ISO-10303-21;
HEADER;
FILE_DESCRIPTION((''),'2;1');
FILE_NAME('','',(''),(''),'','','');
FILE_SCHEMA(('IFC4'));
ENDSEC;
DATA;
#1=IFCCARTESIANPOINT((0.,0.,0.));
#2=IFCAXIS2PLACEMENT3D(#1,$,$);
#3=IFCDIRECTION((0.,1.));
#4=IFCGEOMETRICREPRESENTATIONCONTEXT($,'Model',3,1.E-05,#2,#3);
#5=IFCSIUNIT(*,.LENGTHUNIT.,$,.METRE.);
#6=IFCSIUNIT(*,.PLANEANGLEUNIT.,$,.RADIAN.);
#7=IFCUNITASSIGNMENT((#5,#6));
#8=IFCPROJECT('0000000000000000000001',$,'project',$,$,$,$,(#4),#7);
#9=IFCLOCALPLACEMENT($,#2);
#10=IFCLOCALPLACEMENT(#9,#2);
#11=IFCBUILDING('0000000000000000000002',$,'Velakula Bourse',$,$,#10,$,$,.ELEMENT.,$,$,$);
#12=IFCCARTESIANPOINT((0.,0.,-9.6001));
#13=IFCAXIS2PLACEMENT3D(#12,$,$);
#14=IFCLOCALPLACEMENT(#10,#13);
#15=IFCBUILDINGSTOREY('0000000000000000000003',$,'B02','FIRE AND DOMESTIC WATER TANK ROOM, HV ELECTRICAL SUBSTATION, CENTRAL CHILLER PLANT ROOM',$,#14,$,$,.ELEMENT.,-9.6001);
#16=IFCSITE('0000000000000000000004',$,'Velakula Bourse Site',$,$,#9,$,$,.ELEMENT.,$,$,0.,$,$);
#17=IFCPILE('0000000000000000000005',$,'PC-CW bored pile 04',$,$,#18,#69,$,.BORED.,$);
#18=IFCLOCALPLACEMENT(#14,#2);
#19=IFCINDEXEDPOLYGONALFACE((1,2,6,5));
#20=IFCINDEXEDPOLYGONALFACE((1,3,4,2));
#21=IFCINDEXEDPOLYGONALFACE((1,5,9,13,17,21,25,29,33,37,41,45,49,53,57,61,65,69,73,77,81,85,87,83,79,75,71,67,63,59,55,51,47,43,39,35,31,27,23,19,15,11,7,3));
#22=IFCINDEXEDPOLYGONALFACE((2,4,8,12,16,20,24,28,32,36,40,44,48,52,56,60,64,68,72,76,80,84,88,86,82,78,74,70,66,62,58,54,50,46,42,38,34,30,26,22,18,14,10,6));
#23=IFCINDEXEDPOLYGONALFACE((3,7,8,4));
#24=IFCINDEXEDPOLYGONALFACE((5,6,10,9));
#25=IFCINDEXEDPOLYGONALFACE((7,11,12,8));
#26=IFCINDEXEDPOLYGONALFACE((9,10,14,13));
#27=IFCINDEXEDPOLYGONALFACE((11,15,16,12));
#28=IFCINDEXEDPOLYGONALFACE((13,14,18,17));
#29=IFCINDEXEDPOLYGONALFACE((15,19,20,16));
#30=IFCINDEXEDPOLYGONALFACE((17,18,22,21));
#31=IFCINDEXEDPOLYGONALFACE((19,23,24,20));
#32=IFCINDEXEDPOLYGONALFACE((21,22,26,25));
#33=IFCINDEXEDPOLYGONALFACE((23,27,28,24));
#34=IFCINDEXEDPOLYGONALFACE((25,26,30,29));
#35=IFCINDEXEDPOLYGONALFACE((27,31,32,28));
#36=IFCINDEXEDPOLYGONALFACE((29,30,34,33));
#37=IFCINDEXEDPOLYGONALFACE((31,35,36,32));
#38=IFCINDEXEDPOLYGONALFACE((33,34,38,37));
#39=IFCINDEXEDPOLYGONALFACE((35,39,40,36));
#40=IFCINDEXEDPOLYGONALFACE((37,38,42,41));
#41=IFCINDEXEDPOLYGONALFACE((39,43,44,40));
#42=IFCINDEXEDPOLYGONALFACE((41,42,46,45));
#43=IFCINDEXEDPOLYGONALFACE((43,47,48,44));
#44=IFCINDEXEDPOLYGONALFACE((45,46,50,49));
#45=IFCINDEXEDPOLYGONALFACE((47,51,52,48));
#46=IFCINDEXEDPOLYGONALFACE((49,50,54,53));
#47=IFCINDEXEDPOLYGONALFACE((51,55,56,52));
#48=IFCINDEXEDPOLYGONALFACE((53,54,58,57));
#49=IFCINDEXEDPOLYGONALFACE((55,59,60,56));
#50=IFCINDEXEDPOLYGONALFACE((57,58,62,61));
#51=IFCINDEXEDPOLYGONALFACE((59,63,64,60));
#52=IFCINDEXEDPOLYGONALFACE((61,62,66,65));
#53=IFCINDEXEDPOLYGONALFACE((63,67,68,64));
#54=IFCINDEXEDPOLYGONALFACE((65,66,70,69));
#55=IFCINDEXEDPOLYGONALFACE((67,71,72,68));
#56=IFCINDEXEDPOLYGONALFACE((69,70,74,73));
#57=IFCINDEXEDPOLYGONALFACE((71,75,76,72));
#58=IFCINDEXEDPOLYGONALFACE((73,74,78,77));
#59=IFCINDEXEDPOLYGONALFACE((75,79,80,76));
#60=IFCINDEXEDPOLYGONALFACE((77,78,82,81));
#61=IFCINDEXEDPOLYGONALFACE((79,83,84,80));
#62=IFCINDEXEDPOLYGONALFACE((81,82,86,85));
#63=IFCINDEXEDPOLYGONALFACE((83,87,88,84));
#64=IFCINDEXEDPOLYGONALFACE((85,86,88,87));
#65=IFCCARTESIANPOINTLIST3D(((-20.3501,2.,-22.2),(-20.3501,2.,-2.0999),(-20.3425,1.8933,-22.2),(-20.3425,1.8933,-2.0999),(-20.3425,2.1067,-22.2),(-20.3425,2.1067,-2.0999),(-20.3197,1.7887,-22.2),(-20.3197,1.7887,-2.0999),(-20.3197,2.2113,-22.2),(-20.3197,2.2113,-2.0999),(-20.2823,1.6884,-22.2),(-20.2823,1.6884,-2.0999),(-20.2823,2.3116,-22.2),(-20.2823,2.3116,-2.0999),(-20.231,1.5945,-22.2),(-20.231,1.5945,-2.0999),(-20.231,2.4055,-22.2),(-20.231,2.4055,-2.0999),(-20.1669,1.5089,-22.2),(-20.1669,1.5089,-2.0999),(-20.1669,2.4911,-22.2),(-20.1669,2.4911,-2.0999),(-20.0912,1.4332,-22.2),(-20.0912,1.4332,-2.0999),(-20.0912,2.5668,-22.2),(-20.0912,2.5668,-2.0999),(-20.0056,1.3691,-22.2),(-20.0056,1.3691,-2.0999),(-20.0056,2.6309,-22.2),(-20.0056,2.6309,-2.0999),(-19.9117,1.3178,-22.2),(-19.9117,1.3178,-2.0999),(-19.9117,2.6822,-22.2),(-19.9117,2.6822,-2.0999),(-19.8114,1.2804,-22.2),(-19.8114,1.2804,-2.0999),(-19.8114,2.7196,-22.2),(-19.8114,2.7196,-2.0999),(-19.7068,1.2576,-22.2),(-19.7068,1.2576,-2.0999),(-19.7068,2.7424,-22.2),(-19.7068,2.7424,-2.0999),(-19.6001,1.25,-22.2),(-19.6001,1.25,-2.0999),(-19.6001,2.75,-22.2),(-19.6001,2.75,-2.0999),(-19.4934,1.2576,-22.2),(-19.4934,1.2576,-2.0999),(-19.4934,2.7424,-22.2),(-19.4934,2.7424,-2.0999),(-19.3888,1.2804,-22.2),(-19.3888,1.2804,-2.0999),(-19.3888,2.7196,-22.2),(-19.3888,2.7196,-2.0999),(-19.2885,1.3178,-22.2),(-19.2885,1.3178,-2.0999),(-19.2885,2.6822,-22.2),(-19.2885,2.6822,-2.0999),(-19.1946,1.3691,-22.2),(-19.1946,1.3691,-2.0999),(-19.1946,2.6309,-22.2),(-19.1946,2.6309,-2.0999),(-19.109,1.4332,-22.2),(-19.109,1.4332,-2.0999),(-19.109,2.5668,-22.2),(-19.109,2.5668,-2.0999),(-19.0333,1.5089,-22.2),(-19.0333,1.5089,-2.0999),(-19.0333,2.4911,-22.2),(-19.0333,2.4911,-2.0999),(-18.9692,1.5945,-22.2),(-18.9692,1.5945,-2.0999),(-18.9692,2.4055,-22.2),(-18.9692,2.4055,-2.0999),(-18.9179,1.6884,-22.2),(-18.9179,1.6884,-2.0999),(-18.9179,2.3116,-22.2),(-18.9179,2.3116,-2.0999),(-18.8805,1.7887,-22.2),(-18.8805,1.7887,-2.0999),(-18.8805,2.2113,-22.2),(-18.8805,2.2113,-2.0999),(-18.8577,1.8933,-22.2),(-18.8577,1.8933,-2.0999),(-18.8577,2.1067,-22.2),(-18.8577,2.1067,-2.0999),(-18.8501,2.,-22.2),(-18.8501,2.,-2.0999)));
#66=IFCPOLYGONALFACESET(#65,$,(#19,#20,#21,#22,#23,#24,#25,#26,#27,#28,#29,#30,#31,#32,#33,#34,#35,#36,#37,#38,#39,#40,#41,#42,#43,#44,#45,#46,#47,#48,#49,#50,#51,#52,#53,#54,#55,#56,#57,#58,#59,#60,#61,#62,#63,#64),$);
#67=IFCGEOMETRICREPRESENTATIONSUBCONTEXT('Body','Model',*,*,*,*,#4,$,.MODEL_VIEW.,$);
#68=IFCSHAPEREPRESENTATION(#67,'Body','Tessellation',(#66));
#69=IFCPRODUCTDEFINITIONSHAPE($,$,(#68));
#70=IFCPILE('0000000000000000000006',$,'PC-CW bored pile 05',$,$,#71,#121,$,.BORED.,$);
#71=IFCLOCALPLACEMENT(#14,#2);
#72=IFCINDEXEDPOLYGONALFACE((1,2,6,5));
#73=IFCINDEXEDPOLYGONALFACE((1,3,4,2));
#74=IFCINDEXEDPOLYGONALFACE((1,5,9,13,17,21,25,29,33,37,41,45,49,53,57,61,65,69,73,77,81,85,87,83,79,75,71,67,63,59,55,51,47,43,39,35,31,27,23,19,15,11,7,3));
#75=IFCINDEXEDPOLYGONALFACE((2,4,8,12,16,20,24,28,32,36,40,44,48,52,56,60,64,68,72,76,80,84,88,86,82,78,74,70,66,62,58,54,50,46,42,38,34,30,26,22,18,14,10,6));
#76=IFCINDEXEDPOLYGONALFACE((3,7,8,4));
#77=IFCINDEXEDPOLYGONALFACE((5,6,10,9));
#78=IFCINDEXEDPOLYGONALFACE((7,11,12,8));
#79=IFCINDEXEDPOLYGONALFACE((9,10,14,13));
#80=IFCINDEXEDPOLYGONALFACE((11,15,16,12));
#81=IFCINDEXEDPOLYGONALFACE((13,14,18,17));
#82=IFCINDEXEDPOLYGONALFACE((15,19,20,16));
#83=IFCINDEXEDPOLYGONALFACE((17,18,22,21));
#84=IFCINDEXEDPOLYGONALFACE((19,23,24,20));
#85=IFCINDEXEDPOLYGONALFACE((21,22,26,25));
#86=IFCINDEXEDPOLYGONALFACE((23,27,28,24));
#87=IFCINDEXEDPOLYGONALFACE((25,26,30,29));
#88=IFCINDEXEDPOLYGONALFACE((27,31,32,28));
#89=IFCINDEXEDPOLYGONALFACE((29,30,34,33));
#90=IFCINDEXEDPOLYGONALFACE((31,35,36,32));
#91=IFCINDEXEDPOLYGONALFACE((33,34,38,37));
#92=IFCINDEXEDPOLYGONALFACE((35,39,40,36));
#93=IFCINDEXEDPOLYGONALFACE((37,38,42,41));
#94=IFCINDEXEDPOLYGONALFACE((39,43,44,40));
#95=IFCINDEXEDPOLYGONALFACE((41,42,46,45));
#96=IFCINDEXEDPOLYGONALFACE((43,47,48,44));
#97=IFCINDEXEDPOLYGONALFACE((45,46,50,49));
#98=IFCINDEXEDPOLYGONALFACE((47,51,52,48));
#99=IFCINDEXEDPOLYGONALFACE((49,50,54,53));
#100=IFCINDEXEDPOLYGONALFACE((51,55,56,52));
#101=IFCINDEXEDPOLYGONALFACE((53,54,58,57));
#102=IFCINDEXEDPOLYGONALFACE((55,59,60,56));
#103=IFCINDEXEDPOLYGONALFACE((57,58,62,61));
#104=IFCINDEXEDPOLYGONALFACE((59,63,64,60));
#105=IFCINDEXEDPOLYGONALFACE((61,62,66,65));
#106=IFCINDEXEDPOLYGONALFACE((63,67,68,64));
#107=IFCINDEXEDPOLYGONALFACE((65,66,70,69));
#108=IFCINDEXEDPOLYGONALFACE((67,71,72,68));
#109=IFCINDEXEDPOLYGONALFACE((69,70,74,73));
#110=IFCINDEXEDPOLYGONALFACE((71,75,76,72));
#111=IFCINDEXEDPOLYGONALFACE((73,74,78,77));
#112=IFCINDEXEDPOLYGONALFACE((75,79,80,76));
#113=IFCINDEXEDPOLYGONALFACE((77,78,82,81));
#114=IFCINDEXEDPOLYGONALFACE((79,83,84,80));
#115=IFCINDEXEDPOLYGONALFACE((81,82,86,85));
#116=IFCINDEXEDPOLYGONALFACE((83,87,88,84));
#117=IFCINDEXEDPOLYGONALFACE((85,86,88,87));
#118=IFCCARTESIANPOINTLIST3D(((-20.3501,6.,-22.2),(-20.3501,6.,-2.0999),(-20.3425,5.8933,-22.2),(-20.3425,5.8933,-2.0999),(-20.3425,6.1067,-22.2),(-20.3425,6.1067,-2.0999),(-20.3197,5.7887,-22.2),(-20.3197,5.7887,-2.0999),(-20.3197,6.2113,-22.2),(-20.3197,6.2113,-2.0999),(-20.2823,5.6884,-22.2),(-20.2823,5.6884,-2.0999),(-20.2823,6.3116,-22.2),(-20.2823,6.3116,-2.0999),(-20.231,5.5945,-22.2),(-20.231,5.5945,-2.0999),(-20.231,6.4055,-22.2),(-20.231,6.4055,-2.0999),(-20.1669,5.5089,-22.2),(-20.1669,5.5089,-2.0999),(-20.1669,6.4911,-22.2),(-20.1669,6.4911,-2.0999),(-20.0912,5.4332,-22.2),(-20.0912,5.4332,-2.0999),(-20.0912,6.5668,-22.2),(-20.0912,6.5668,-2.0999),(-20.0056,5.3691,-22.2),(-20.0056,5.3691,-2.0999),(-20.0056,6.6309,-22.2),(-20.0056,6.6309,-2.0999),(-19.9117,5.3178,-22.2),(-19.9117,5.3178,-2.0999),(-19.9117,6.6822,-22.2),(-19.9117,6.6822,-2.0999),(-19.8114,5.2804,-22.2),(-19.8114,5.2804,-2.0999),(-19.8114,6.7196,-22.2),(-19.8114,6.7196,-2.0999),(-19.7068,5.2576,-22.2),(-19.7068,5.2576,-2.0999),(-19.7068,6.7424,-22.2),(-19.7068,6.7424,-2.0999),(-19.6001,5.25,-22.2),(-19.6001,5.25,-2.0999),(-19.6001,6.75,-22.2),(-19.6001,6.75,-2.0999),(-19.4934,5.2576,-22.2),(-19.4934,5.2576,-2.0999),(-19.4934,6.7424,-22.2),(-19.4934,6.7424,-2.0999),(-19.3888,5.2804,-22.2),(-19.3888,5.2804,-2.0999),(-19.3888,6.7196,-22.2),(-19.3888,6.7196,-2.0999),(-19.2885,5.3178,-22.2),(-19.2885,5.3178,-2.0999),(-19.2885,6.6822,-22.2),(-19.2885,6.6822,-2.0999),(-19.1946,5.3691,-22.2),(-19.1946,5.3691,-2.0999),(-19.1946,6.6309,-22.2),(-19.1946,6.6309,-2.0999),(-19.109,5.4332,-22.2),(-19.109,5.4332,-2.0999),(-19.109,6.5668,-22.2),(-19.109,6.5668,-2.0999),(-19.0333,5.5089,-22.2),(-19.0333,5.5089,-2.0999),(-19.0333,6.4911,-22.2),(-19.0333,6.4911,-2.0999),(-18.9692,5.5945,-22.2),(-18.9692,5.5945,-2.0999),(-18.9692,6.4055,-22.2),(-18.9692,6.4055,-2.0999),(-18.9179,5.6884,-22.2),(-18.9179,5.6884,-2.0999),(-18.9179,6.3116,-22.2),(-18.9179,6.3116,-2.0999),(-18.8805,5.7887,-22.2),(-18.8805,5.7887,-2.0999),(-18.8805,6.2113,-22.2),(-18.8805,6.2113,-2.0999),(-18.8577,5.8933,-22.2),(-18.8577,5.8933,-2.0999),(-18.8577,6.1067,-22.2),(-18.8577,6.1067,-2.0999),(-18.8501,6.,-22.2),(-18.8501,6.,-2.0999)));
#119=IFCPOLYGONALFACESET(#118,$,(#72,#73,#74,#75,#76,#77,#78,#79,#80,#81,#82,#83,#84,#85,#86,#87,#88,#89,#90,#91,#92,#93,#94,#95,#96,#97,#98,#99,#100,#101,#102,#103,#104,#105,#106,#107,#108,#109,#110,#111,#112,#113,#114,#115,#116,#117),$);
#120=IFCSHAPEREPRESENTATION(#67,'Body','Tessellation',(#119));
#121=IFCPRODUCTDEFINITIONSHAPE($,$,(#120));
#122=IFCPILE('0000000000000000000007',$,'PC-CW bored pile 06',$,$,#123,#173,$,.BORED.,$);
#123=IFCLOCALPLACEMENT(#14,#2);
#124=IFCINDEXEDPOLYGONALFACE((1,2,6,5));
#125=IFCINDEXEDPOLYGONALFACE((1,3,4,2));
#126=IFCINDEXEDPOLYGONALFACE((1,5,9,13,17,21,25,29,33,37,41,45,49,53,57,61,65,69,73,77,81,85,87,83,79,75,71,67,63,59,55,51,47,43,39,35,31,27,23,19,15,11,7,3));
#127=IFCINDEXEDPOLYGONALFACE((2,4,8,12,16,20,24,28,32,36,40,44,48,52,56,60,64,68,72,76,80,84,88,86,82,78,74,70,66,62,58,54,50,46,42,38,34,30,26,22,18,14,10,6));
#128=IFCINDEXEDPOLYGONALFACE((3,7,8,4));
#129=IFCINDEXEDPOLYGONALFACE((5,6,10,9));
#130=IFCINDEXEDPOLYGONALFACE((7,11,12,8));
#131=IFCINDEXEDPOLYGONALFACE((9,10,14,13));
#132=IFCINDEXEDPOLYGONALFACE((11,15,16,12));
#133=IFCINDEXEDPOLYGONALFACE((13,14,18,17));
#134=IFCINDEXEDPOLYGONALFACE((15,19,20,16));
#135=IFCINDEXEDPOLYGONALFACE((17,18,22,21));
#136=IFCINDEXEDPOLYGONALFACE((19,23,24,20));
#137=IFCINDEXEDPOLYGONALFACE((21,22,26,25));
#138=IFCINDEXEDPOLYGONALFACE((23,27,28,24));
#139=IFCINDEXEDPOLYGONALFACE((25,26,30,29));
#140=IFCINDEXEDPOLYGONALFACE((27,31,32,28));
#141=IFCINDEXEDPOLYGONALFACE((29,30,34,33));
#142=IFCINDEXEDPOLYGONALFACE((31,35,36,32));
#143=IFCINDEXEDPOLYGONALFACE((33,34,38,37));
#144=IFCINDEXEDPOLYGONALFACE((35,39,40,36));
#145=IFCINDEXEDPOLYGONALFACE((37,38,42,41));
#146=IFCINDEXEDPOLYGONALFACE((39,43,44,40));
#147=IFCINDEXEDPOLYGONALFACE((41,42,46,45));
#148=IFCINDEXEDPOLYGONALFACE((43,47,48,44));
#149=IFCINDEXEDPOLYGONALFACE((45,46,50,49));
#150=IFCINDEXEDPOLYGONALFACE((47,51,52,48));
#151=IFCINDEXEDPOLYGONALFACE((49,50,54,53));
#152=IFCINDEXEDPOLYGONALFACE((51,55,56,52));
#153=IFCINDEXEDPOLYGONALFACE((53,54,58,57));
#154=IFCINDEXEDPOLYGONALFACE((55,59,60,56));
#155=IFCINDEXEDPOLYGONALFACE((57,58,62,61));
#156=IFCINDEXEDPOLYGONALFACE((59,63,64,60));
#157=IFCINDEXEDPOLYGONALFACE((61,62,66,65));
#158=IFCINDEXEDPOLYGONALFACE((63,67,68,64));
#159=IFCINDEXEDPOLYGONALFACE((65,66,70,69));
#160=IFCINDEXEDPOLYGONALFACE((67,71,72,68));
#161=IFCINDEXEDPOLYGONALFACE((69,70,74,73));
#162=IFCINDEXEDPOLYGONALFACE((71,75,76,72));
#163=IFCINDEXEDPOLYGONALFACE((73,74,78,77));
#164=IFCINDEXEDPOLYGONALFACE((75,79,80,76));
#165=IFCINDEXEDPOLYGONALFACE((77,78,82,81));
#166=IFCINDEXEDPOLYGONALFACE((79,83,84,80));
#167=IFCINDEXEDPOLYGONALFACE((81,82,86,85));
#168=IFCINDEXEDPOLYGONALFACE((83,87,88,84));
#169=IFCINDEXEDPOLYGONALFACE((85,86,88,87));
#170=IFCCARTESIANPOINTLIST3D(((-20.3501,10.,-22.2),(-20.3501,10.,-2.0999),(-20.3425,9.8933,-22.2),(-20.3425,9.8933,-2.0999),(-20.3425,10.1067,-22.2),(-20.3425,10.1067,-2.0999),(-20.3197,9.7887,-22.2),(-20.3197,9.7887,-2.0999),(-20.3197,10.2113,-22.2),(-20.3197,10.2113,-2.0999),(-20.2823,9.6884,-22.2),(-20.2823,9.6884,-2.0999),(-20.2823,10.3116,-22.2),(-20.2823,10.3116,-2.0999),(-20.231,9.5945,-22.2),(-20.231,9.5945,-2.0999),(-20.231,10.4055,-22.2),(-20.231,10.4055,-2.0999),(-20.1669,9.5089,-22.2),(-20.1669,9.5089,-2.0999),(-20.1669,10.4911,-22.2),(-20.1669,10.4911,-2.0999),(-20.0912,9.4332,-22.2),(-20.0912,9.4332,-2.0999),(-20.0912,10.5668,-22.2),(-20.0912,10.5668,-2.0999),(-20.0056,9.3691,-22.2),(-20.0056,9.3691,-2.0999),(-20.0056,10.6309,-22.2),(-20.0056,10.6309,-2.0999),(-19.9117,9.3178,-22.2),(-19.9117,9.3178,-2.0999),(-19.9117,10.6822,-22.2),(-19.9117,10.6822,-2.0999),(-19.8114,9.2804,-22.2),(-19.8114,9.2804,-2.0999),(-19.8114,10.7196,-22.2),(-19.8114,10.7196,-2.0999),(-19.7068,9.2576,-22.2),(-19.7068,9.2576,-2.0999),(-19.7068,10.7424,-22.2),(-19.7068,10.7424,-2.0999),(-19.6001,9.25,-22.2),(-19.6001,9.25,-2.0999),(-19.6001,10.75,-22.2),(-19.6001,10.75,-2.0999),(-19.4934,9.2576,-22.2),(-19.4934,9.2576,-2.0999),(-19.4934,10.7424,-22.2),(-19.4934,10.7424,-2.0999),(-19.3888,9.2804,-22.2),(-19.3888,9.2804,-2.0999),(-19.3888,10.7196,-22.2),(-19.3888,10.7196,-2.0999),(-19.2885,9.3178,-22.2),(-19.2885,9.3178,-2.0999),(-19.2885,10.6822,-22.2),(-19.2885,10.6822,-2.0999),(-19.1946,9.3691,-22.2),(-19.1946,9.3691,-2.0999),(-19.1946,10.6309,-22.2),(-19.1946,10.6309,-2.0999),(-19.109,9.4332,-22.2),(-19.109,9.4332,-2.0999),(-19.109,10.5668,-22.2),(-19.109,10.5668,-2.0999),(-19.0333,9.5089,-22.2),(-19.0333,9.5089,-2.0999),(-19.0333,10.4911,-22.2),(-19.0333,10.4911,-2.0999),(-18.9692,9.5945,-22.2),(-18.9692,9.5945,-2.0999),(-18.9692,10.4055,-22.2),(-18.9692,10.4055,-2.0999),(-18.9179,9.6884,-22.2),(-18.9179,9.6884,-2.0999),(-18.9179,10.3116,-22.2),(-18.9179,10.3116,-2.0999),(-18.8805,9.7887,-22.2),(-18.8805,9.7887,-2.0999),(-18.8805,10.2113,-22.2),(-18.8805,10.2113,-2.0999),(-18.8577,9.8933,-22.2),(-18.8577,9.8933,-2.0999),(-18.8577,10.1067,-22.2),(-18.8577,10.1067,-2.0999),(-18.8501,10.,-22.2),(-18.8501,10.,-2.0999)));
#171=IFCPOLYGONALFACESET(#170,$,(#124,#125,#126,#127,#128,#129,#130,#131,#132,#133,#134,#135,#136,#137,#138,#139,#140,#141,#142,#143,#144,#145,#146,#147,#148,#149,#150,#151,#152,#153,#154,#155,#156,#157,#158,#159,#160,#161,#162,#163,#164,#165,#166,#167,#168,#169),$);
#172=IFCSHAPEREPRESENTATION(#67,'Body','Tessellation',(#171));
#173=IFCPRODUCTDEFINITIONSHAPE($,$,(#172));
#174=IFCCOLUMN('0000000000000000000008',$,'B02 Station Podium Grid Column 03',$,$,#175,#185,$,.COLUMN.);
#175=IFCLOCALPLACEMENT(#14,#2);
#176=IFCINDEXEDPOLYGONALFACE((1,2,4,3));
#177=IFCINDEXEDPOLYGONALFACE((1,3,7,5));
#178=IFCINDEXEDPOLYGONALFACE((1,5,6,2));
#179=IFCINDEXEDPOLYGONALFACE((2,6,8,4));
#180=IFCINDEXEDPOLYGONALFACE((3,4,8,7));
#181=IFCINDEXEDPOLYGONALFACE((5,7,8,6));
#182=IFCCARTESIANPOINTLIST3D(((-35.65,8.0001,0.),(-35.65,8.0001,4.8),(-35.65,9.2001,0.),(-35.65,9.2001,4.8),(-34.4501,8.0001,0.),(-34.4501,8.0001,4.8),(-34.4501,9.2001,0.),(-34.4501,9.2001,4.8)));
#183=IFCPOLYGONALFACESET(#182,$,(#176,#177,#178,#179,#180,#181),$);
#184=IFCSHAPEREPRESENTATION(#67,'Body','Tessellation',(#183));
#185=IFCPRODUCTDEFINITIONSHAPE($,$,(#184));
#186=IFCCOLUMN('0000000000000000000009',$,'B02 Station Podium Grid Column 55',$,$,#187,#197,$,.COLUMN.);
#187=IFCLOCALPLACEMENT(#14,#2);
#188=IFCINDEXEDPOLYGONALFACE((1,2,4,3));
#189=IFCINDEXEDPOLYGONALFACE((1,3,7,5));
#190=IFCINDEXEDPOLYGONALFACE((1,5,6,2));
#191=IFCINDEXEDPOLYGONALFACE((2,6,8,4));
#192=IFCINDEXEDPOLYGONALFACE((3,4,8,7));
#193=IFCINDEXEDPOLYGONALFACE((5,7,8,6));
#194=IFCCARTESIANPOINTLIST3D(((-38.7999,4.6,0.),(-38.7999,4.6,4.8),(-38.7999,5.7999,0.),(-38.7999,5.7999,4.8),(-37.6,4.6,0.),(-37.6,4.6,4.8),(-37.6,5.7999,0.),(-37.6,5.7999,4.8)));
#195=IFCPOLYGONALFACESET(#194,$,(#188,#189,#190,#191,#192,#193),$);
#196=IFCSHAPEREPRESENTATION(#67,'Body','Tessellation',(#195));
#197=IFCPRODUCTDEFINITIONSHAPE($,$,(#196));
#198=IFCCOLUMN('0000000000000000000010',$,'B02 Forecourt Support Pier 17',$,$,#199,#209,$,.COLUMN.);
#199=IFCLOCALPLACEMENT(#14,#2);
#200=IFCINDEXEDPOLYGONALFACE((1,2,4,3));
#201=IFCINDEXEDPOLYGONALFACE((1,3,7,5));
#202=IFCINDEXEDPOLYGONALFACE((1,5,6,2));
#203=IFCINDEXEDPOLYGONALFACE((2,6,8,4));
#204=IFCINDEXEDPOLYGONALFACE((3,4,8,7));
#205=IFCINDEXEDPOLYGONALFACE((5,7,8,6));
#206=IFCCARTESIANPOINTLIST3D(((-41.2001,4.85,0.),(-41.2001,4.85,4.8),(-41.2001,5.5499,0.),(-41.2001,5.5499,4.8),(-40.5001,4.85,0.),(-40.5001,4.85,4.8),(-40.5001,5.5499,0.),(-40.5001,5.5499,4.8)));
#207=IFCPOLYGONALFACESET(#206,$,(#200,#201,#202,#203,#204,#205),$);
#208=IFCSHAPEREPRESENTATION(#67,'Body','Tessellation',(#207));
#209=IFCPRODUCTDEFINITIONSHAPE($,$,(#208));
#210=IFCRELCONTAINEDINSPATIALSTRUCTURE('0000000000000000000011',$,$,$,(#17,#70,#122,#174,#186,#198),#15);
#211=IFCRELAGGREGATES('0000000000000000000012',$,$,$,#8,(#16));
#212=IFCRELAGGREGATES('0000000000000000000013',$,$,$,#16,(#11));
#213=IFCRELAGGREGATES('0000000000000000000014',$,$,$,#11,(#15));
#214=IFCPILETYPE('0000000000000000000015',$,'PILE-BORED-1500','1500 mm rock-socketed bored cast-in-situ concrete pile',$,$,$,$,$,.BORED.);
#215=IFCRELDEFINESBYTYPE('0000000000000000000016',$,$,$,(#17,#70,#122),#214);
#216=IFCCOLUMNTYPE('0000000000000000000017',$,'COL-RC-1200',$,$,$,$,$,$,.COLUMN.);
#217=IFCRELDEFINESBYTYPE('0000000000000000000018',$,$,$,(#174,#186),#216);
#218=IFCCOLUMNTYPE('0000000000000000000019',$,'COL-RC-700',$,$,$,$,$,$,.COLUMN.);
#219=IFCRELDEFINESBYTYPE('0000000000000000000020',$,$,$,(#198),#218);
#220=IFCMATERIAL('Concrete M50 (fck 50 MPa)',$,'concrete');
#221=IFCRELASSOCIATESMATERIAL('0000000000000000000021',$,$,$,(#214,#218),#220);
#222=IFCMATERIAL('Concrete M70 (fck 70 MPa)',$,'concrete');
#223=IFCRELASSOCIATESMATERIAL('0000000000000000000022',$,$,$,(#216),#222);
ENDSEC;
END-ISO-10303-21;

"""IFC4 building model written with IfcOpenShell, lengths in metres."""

from ifc_helpers import new_model, si_unit, direction, frame, origin, origin_2d, place, context, subcontext, project, spatial, rectangle, circle, extrude, material, material_profile, profile_set, type_object, element, save


model = new_model("IFC4")

# Units and contexts
model_context = context("Model", 3, precision=1e-05, world=origin(), true_north=direction((0.0, 1.0)))
body_context = subcontext(model_context, "Body", "Model", "MODEL_VIEW")
ifc_project = project(units=[si_unit("LENGTHUNIT", "METRE"), si_unit("PLANEANGLEUNIT", "RADIAN")], contexts=[model_context])

# Site, building, storey
site_placement = place(None, origin())
site = spatial("IfcSite", under=ifc_project, at=site_placement, Name="Velakula Bourse Site", CompositionType="ELEMENT", RefElevation=0.0)
building_placement = place(site_placement, origin())
building = spatial("IfcBuilding", under=site, at=building_placement, Name="Velakula Bourse", CompositionType="ELEMENT")
storey_placement = place(building_placement, frame((0.0, 0.0, -9.6001)))
storey = spatial("IfcBuildingStorey", under=building, at=storey_placement, Name="B02", Description="FIRE AND DOMESTIC WATER TANK ROOM, HV ELECTRICAL SUBSTATION, CENTRAL CHILLER PLANT ROOM", CompositionType="ELEMENT", Elevation=-9.6001)

# Shared definitions
ifc_material_1 = material(Name="Concrete M70 (fck 70 MPa)", Category="concrete")
ifc_material_2 = material(Name="Concrete M50 (fck 50 MPa)", Category="concrete")

# Piles
ifc_material_profile_1 = material_profile(ifc_material_2, circle(Radius=0.75, at=origin_2d()), Name="Concrete M50 (fck 50 MPa)")
ifc_profile_set_1 = profile_set([ifc_material_profile_1], Name="Concrete M50 (fck 50 MPa)")
pile_type_1 = type_object("IfcPileType", Name="PILE-BORED-1500", Description="1500 mm rock-socketed bored cast-in-situ concrete pile", PredefinedType="BORED", material=ifc_profile_set_1)
for number, where, z_axis, x_axis, name in (
    (1, (-19.6001, 2.0, -2.0999), (0.0, 0.0, -1.0), (1.0, 0.0, 0.0), "PC-CW bored pile 04"),
    (2, (-19.6001, 6.0, -2.0999), (0.0, 0.0, -1.0), (1.0, 0.0, 0.0), "PC-CW bored pile 05"),
    (3, (-19.6001, 10.0, -2.0999), (0.0, 0.0, -1.0), (1.0, 0.0, 0.0), "PC-CW bored pile 06"),
):
    element("IfcPile", number, at=place(storey_placement, frame(where, z_axis=z_axis, x_axis=x_axis)), inside=storey, type_object=pile_type_1, Name=name, PredefinedType="BORED", context=body_context, shape_type="SweptSolid", body=[
        extrude(circle(Radius=0.75, at=origin_2d()), origin(), (0.0, 0.0, 1.0), 20.1001),
    ])

# Columns
ifc_material_profile_2 = material_profile(ifc_material_1, rectangle(XDim=1.2, YDim=1.2, at=origin_2d()), Name="Concrete M70 (fck 70 MPa)")
ifc_profile_set_2 = profile_set([ifc_material_profile_2], Name="Concrete M70 (fck 70 MPa)")
column_type_1 = type_object("IfcColumnType", Name="COL-RC-1200", PredefinedType="COLUMN", material=ifc_profile_set_2)
for number, where, z_axis, x_axis, name in (
    (4, (-35.05, 8.6001, 0.0), (0.0, 0.0, 1.0), (1.0, 0.0, 0.0), "B02 Station Podium Grid Column 03"),
    (5, (-38.2, 5.2, 0.0), (0.0, 0.0, 1.0), (1.0, 0.0, 0.0), "B02 Station Podium Grid Column 55"),
):
    element("IfcColumn", number, at=place(storey_placement, frame(where, z_axis=z_axis, x_axis=x_axis)), inside=storey, type_object=column_type_1, Name=name, PredefinedType="COLUMN", context=body_context, shape_type="SweptSolid", body=[
        extrude(rectangle(XDim=1.2, YDim=1.2, at=origin_2d()), origin(), (0.0, 0.0, 1.0), 4.8),
    ])
ifc_material_profile_3 = material_profile(ifc_material_2, rectangle(XDim=0.7, YDim=0.7, at=origin_2d()), Name="Concrete M50 (fck 50 MPa)")
ifc_profile_set_3 = profile_set([ifc_material_profile_3], Name="Concrete M50 (fck 50 MPa)")
column_type_2 = type_object("IfcColumnType", Name="COL-RC-700", PredefinedType="COLUMN", material=ifc_profile_set_3)
column_placement = place(storey_placement, frame((-40.8501, 5.2, 0.0), z_axis=(0.0, 0.0, 1.0), x_axis=(1.0, 0.0, 0.0)))
element("IfcColumn", 6, at=column_placement, inside=storey, type_object=column_type_2, Name="B02 Forecourt Support Pier 17", PredefinedType="COLUMN", context=body_context, shape_type="SweptSolid", body=[
    extrude(rectangle(XDim=0.7, YDim=0.7, at=origin_2d()), origin(), (0.0, 0.0, 1.0), 4.8),
])

save(model, "model.ifc")
